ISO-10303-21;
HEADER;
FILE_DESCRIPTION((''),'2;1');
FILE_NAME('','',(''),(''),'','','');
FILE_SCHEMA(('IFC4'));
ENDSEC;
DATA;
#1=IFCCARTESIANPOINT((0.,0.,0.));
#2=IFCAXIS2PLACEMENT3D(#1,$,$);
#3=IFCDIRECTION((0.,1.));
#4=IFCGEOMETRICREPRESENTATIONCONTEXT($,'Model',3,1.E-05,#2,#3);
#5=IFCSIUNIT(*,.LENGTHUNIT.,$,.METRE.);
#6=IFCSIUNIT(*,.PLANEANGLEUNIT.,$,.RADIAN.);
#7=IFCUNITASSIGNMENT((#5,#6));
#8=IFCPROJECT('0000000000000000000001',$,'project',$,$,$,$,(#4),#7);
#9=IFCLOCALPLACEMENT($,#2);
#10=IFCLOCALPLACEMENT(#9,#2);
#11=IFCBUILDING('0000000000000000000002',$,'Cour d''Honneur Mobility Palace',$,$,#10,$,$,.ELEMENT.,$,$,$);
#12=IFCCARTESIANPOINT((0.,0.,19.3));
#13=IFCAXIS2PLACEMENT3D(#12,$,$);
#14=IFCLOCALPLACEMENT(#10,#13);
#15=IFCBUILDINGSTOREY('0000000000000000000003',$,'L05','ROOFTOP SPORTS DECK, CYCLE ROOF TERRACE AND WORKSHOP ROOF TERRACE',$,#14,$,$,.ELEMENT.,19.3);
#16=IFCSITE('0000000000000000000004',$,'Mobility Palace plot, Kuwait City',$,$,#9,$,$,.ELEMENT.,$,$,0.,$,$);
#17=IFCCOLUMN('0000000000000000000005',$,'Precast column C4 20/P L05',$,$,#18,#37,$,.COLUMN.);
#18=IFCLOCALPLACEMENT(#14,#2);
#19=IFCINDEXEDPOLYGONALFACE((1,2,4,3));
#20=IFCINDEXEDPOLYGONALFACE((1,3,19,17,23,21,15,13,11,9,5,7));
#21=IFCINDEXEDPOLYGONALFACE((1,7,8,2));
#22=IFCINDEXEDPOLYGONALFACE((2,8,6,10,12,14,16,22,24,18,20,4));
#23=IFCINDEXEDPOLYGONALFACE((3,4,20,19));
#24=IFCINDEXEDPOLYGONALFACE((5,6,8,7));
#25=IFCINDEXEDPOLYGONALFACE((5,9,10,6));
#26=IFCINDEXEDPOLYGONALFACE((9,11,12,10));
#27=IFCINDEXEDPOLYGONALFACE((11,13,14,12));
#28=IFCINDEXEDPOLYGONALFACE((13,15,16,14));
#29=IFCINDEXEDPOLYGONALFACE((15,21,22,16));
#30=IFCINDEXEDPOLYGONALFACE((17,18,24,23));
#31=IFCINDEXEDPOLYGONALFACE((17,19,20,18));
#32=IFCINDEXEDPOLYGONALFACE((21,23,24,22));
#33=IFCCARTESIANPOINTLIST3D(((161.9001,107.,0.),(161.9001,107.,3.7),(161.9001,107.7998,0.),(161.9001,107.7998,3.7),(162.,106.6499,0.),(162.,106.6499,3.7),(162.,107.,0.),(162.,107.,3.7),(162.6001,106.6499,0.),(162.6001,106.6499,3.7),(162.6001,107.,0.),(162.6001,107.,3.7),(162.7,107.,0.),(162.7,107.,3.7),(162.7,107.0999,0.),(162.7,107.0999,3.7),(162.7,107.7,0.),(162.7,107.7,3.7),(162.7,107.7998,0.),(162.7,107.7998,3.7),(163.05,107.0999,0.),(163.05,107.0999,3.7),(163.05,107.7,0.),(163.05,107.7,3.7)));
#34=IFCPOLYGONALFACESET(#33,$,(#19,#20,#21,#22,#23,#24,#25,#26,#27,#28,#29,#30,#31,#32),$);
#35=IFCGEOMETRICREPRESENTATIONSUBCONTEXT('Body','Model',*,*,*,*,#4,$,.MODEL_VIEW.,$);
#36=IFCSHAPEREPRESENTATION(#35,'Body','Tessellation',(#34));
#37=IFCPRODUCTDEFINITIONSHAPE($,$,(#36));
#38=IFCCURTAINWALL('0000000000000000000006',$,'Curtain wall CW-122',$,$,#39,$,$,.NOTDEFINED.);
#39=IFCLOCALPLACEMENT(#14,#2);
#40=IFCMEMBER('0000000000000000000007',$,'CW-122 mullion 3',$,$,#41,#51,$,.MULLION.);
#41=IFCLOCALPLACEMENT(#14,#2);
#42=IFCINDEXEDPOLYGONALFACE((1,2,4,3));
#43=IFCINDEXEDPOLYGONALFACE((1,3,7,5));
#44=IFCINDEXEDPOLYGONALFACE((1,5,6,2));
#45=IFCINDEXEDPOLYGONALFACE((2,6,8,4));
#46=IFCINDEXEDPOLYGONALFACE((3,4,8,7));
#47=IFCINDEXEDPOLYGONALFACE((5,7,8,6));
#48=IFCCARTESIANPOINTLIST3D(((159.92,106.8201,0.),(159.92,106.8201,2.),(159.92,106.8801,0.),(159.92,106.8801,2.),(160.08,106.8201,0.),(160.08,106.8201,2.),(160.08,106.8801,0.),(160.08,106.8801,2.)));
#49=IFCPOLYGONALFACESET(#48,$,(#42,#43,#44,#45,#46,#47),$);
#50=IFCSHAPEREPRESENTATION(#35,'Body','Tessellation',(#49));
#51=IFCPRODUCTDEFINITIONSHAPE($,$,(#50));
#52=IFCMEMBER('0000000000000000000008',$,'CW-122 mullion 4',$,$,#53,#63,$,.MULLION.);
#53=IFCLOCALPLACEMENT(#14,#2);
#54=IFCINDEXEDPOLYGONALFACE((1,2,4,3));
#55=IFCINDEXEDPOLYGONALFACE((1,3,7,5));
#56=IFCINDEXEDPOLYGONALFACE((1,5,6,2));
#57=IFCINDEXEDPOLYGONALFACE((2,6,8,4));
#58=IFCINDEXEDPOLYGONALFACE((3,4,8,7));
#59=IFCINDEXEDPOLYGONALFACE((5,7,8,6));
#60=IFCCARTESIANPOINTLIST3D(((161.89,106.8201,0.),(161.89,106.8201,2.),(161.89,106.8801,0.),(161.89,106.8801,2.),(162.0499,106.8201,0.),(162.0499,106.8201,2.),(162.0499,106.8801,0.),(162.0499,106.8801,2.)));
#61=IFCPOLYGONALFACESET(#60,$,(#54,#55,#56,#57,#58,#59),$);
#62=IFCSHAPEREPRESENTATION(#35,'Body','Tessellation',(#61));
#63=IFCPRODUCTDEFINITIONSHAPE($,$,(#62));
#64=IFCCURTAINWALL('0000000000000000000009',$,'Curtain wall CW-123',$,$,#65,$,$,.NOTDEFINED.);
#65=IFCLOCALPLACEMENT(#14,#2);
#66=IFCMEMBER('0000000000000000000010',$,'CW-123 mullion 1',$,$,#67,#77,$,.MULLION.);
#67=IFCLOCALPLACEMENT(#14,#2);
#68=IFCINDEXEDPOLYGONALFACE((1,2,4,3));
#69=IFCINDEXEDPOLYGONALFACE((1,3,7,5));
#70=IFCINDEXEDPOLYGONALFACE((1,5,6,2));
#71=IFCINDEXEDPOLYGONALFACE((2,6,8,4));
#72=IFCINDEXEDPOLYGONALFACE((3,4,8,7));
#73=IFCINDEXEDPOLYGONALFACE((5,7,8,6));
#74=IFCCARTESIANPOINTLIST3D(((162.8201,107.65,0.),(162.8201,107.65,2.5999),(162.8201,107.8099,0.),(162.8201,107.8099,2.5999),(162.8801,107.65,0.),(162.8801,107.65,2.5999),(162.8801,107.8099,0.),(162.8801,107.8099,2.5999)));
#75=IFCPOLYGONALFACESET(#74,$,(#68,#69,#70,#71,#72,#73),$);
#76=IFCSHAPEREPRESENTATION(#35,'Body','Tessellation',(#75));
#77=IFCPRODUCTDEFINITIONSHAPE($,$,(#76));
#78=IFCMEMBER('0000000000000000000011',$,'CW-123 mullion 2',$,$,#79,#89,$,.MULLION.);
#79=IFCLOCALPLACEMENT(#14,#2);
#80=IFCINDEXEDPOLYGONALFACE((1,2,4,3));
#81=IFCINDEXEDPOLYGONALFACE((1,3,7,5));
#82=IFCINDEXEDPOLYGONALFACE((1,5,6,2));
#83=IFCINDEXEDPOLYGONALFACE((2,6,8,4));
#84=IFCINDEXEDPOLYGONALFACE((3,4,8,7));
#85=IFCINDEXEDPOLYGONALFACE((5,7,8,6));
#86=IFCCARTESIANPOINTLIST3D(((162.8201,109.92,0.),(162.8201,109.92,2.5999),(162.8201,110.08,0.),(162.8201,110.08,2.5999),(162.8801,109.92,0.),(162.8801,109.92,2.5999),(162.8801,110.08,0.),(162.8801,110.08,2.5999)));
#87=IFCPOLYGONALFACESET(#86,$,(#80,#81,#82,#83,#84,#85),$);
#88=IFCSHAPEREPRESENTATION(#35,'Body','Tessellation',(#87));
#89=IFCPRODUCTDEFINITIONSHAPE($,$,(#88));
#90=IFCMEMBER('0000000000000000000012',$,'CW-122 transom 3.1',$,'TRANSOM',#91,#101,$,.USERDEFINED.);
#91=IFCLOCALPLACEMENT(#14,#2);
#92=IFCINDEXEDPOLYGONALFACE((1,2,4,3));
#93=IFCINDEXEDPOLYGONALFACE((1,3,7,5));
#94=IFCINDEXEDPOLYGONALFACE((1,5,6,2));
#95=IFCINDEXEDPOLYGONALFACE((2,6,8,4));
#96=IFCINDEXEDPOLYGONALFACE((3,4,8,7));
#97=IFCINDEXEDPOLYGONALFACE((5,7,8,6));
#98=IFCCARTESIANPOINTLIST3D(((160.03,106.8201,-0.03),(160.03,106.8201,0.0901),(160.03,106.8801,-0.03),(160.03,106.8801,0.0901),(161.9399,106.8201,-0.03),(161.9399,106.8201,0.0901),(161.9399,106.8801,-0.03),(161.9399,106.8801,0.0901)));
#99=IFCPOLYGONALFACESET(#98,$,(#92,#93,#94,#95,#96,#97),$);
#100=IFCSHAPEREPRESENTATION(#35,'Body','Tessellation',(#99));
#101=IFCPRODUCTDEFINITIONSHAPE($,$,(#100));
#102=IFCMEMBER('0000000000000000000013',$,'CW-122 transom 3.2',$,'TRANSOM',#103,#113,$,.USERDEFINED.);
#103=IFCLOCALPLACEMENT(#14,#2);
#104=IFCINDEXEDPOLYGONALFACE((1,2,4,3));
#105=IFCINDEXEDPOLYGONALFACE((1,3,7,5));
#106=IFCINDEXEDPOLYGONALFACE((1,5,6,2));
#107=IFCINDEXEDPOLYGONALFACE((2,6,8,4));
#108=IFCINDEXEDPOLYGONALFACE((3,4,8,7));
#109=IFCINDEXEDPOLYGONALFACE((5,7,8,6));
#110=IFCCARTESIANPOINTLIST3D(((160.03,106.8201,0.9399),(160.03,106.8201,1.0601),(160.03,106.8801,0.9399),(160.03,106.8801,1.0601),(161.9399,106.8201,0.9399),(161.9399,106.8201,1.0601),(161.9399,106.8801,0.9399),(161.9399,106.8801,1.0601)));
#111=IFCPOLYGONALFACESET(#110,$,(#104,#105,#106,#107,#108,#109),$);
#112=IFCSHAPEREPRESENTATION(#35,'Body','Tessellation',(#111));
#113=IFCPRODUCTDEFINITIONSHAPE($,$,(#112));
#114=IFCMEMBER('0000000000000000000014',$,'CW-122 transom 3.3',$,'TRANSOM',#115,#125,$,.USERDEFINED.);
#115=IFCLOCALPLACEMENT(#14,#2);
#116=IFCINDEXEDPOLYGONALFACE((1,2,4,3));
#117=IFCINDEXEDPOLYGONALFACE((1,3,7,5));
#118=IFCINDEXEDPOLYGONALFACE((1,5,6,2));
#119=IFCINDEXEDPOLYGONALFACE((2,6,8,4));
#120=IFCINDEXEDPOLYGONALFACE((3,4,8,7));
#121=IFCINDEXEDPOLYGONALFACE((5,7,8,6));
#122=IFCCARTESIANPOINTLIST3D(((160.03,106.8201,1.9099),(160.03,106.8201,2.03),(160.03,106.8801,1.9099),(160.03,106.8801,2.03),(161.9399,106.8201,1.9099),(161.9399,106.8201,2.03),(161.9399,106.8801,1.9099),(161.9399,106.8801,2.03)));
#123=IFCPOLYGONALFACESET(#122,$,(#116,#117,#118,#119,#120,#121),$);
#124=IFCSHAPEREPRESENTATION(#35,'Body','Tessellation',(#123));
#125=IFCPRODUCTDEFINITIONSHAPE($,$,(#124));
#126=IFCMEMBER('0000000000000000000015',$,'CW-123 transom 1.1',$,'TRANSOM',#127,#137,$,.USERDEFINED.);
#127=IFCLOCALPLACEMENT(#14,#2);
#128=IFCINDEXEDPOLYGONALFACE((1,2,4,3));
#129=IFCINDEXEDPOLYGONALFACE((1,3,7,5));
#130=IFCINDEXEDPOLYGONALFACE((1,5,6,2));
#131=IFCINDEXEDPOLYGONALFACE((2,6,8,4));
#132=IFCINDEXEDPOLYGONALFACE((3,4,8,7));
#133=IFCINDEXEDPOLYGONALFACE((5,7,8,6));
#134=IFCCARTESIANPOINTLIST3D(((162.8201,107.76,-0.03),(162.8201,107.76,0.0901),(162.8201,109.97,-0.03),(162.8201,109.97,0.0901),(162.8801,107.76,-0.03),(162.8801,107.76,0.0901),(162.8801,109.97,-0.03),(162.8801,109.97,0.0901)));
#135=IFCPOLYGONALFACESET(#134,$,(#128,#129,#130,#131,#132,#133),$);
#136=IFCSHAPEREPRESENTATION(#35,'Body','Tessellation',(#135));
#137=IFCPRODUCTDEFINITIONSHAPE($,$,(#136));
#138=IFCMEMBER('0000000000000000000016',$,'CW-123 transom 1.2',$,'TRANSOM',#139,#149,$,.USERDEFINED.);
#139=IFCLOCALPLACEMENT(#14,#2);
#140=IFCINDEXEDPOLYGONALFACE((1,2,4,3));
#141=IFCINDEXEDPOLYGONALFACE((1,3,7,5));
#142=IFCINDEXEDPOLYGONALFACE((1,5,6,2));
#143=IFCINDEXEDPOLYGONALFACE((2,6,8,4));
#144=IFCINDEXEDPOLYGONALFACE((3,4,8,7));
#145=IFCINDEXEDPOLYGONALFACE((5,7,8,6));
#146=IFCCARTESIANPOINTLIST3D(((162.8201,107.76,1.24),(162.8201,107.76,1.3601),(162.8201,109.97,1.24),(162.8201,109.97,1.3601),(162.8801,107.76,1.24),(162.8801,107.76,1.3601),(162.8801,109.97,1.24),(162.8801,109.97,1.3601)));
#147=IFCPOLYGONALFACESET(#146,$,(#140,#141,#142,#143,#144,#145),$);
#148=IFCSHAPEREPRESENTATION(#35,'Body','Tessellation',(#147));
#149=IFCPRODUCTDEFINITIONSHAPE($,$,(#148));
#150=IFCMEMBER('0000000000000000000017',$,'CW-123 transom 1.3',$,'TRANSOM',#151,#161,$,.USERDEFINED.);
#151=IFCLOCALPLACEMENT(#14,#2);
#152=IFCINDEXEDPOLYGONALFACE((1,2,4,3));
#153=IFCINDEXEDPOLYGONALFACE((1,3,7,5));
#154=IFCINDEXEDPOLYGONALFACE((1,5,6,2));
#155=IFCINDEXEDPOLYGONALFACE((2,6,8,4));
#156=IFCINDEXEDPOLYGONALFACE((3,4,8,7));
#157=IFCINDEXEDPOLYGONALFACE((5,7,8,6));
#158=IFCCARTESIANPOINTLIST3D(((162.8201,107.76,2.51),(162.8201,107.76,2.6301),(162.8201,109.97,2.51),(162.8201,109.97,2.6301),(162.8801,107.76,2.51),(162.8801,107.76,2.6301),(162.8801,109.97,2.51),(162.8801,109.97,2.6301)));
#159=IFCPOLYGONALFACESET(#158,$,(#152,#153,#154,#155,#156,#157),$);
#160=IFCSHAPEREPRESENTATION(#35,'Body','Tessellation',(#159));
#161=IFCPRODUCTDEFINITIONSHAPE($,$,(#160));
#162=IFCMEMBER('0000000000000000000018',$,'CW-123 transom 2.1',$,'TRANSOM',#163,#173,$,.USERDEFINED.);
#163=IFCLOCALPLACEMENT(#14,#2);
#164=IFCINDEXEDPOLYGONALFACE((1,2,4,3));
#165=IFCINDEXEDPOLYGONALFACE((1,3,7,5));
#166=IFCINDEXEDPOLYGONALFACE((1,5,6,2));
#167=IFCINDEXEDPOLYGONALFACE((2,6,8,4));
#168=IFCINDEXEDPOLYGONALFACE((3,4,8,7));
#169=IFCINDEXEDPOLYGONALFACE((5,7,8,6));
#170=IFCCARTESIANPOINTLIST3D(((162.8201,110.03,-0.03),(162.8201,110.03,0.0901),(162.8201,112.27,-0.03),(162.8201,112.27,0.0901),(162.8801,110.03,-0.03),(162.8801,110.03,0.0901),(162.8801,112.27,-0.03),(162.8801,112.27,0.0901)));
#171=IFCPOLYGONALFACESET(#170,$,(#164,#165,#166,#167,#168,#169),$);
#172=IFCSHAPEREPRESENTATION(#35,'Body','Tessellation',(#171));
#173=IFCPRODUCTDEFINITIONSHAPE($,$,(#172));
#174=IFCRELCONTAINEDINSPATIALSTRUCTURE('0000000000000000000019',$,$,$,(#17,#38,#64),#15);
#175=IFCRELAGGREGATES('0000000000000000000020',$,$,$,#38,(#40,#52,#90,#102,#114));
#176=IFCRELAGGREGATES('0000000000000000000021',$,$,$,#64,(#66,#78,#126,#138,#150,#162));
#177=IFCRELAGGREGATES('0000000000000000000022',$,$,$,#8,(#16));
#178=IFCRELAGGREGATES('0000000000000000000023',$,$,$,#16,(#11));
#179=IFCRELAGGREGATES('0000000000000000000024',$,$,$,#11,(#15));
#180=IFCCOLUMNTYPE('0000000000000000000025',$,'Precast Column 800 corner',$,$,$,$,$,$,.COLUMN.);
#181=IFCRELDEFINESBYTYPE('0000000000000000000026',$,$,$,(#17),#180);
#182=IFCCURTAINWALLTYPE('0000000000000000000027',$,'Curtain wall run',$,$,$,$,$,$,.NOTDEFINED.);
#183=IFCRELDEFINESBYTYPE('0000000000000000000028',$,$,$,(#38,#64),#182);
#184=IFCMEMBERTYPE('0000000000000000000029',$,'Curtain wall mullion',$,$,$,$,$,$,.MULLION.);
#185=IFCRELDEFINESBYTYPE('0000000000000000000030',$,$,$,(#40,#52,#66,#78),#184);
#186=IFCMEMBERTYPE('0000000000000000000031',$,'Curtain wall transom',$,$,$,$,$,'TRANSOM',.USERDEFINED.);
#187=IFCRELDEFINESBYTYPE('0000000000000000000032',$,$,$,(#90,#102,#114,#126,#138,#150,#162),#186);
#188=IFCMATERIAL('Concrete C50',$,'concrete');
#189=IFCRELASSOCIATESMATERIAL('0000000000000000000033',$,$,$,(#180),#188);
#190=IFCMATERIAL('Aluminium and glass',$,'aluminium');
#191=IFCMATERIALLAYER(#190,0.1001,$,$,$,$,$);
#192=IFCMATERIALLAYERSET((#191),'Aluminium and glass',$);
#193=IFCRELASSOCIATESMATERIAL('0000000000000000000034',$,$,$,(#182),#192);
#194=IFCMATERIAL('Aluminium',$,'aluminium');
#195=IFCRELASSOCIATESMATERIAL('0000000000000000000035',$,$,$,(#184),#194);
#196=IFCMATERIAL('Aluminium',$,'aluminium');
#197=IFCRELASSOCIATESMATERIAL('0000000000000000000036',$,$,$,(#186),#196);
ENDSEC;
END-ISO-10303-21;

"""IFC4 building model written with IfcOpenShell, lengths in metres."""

from ifc_helpers import new_model, si_unit, direction, frame, origin, origin_2d, place, context, subcontext, project, spatial, polyline, rectangle, outline, extrude, material, layer, layer_set, material_profile, profile_set, type_object, element, aggregate, save


model = new_model("IFC4")

# Units and contexts
model_context = context("Model", 3, precision=1e-05, world=origin(), true_north=direction((0.0, 1.0)))
body_context = subcontext(model_context, "Body", "Model", "MODEL_VIEW")
ifc_project = project(units=[si_unit("LENGTHUNIT", "METRE"), si_unit("PLANEANGLEUNIT", "RADIAN")], contexts=[model_context])

# Site, building, storey
site_placement = place(None, origin())
site = spatial("IfcSite", under=ifc_project, at=site_placement, Name="Mobility Palace plot, Kuwait City", CompositionType="ELEMENT", RefElevation=0.0)
building_placement = place(site_placement, origin())
building = spatial("IfcBuilding", under=site, at=building_placement, Name="Cour d'Honneur Mobility Palace", CompositionType="ELEMENT")
storey_placement = place(building_placement, frame((0.0, 0.0, 19.3)))
storey = spatial("IfcBuildingStorey", under=building, at=storey_placement, Name="L05", Description="ROOFTOP SPORTS DECK, CYCLE ROOF TERRACE AND WORKSHOP ROOF TERRACE", CompositionType="ELEMENT", Elevation=19.3)

# Column
ifc_material_1 = material(Name="Concrete C50", Category="concrete")
ifc_material_profile_1 = material_profile(ifc_material_1, outline(polyline([(-0.3999, -0.3999), (0.3999, -0.3999), (0.3999, -0.3), (0.75, -0.3), (0.75, 0.3), (0.3999, 0.3), (0.3999, 0.3999), (0.3, 0.3999), (0.3, 0.75), (-0.3, 0.75), (-0.3, 0.3999), (-0.3999, 0.3999), (-0.3999, -0.3999)])), Name="PC C800 corner")
ifc_profile_set_1 = profile_set([ifc_material_profile_1], Name="Concrete C50")
column_type = type_object("IfcColumnType", Name="Precast Column 800 corner", PredefinedType="COLUMN", material=ifc_profile_set_1)
column_placement = place(storey_placement, frame((162.3, 107.3999, 0.0), z_axis=(0.0, 0.0, 1.0), x_axis=(0.0, -1.0, 0.0)))
element("IfcColumn", 1, at=column_placement, inside=storey, type_object=column_type, Name="Precast column C4 20/P L05", PredefinedType="COLUMN", context=body_context, shape_type="SweptSolid", body=[
    extrude(outline(polyline([(-0.3999, -0.3999), (0.3999, -0.3999), (0.3999, -0.3), (0.75, -0.3), (0.75, 0.3), (0.3999, 0.3), (0.3999, 0.3999), (0.3, 0.3999), (0.3, 0.75), (-0.3, 0.75), (-0.3, 0.3999), (-0.3999, 0.3999), (-0.3999, -0.3999)])), origin(), (0.0, 0.0, 1.0), 3.7),
])

# Curtain walls, members
ifc_material_2 = material(Name="Aluminium and glass", Category="aluminium")
ifc_layer_1 = layer(ifc_material_2, 0.1001)
ifc_layer_set_1 = layer_set([ifc_layer_1], Name="Aluminium and glass")
curtain_wall_type = type_object("IfcCurtainWallType", Name="Curtain wall run", PredefinedType="NOTDEFINED", material=ifc_layer_set_1)
curtain_wall_1_placement = place(storey_placement, origin())
curtain_wall_1 = element("IfcCurtainWall", 2, at=curtain_wall_1_placement, inside=storey, type_object=curtain_wall_type, Name="Curtain wall CW-122", PredefinedType="NOTDEFINED")
ifc_material_3 = material(Name="Aluminium", Category="aluminium")
ifc_material_profile_2 = material_profile(ifc_material_3, rectangle(XDim=0.0601, YDim=0.1599, at=origin_2d()), Name="Curtain wall mullion")
ifc_profile_set_2 = profile_set([ifc_material_profile_2], Name="Aluminium")
member_type_1 = type_object("IfcMemberType", Name="Curtain wall mullion", PredefinedType="MULLION", material=ifc_profile_set_2)
member_1_placement = place(storey_placement, frame((160.0, 106.8501, 0.0), z_axis=(0.0, 0.0, 1.0), x_axis=(0.0, 1.0, 0.0)))
member_1 = element("IfcMember", 3, at=member_1_placement, type_object=member_type_1, Name="CW-122 mullion 3", PredefinedType="MULLION", context=body_context, shape_type="SweptSolid", body=[
    extrude(rectangle(XDim=0.0601, YDim=0.1599, at=origin_2d()), origin(), (0.0, 0.0, 1.0), 2.0),
])
member_2_placement = place(storey_placement, frame((161.97, 106.8501, 0.0), z_axis=(0.0, 0.0, 1.0), x_axis=(0.0, 1.0, 0.0)))
member_2 = element("IfcMember", 4, at=member_2_placement, type_object=member_type_1, Name="CW-122 mullion 4", PredefinedType="MULLION", context=body_context, shape_type="SweptSolid", body=[
    extrude(rectangle(XDim=0.0601, YDim=0.1599, at=origin_2d()), origin(), (0.0, 0.0, 1.0), 2.0),
])
curtain_wall_2_placement = place(storey_placement, origin())
curtain_wall_2 = element("IfcCurtainWall", 5, at=curtain_wall_2_placement, inside=storey, type_object=curtain_wall_type, Name="Curtain wall CW-123", PredefinedType="NOTDEFINED")
member_3_placement = place(storey_placement, frame((162.8501, 107.73, 0.0), z_axis=(0.0, 0.0, 1.0), x_axis=(-1.0, 0.0, 0.0)))
member_3 = element("IfcMember", 6, at=member_3_placement, type_object=member_type_1, Name="CW-123 mullion 1", PredefinedType="MULLION", context=body_context, shape_type="SweptSolid", body=[
    extrude(rectangle(XDim=0.0601, YDim=0.1599, at=origin_2d()), origin(), (0.0, 0.0, 1.0), 2.5999),
])
member_4_placement = place(storey_placement, frame((162.8501, 110.0, 0.0), z_axis=(0.0, 0.0, 1.0), x_axis=(-1.0, 0.0, 0.0)))
member_4 = element("IfcMember", 7, at=member_4_placement, type_object=member_type_1, Name="CW-123 mullion 2", PredefinedType="MULLION", context=body_context, shape_type="SweptSolid", body=[
    extrude(rectangle(XDim=0.0601, YDim=0.1599, at=origin_2d()), origin(), (0.0, 0.0, 1.0), 2.5999),
])

# Members
ifc_material_4 = material(Name="Aluminium", Category="aluminium")
ifc_material_profile_3 = material_profile(ifc_material_4, rectangle(XDim=0.0601, YDim=0.1201, at=origin_2d()), Name="Curtain wall transom")
ifc_profile_set_3 = profile_set([ifc_material_profile_3], Name="Aluminium")
member_type_2 = type_object("IfcMemberType", Name="Curtain wall transom", ElementType="TRANSOM", PredefinedType="USERDEFINED", material=ifc_profile_set_3)
member_5_placement = place(storey_placement, frame((160.03, 106.8501, 0.03), z_axis=(1.0, 0.0, 0.0), x_axis=(0.0, 1.0, 0.0)))
member_5 = element("IfcMember", 8, at=member_5_placement, type_object=member_type_2, Name="CW-122 transom 3.1", ObjectType="TRANSOM", PredefinedType="USERDEFINED", context=body_context, shape_type="SweptSolid", body=[
    extrude(rectangle(XDim=0.0601, YDim=0.1201, at=origin_2d()), origin(), (0.0, 0.0, 1.0), 1.9099),
])
member_6_placement = place(storey_placement, frame((160.03, 106.8501, 1.0), z_axis=(1.0, 0.0, 0.0), x_axis=(0.0, 1.0, 0.0)))
member_6 = element("IfcMember", 9, at=member_6_placement, type_object=member_type_2, Name="CW-122 transom 3.2", ObjectType="TRANSOM", PredefinedType="USERDEFINED", context=body_context, shape_type="SweptSolid", body=[
    extrude(rectangle(XDim=0.0601, YDim=0.1201, at=origin_2d()), origin(), (0.0, 0.0, 1.0), 1.9099),
])
member_7_placement = place(storey_placement, frame((160.03, 106.8501, 1.97), z_axis=(1.0, 0.0, 0.0), x_axis=(0.0, 1.0, 0.0)))
member_7 = element("IfcMember", 10, at=member_7_placement, type_object=member_type_2, Name="CW-122 transom 3.3", ObjectType="TRANSOM", PredefinedType="USERDEFINED", context=body_context, shape_type="SweptSolid", body=[
    extrude(rectangle(XDim=0.0601, YDim=0.1201, at=origin_2d()), origin(), (0.0, 0.0, 1.0), 1.9099),
])
member_8_placement = place(storey_placement, frame((162.8501, 107.76, 0.03), z_axis=(0.0, 1.0, 0.0), x_axis=(-1.0, 0.0, 0.0)))
member_8 = element("IfcMember", 11, at=member_8_placement, type_object=member_type_2, Name="CW-123 transom 1.1", ObjectType="TRANSOM", PredefinedType="USERDEFINED", context=body_context, shape_type="SweptSolid", body=[
    extrude(rectangle(XDim=0.0601, YDim=0.1201, at=origin_2d()), origin(), (0.0, 0.0, 1.0), 2.21),
])
member_9_placement = place(storey_placement, frame((162.8501, 107.76, 1.3), z_axis=(0.0, 1.0, 0.0), x_axis=(-1.0, 0.0, 0.0)))
member_9 = element("IfcMember", 12, at=member_9_placement, type_object=member_type_2, Name="CW-123 transom 1.2", ObjectType="TRANSOM", PredefinedType="USERDEFINED", context=body_context, shape_type="SweptSolid", body=[
    extrude(rectangle(XDim=0.0601, YDim=0.1201, at=origin_2d()), origin(), (0.0, 0.0, 1.0), 2.21),
])
member_10_placement = place(storey_placement, frame((162.8501, 107.76, 2.5701), z_axis=(0.0, 1.0, 0.0), x_axis=(-1.0, 0.0, 0.0)))
member_10 = element("IfcMember", 13, at=member_10_placement, type_object=member_type_2, Name="CW-123 transom 1.3", ObjectType="TRANSOM", PredefinedType="USERDEFINED", context=body_context, shape_type="SweptSolid", body=[
    extrude(rectangle(XDim=0.0601, YDim=0.1201, at=origin_2d()), origin(), (0.0, 0.0, 1.0), 2.21),
])
member_11_placement = place(storey_placement, frame((162.8501, 110.03, 0.03), z_axis=(0.0, 1.0, 0.0), x_axis=(-1.0, 0.0, 0.0)))
member_11 = element("IfcMember", 14, at=member_11_placement, type_object=member_type_2, Name="CW-123 transom 2.1", ObjectType="TRANSOM", PredefinedType="USERDEFINED", context=body_context, shape_type="SweptSolid", body=[
    extrude(rectangle(XDim=0.0601, YDim=0.1201, at=origin_2d()), origin(), (0.0, 0.0, 1.0), 2.24),
])

aggregate(curtain_wall_1, [member_1, member_2, member_5, member_6, member_7])
aggregate(curtain_wall_2, [member_3, member_4, member_8, member_9, member_10, member_11])

save(model, "model.ifc")
